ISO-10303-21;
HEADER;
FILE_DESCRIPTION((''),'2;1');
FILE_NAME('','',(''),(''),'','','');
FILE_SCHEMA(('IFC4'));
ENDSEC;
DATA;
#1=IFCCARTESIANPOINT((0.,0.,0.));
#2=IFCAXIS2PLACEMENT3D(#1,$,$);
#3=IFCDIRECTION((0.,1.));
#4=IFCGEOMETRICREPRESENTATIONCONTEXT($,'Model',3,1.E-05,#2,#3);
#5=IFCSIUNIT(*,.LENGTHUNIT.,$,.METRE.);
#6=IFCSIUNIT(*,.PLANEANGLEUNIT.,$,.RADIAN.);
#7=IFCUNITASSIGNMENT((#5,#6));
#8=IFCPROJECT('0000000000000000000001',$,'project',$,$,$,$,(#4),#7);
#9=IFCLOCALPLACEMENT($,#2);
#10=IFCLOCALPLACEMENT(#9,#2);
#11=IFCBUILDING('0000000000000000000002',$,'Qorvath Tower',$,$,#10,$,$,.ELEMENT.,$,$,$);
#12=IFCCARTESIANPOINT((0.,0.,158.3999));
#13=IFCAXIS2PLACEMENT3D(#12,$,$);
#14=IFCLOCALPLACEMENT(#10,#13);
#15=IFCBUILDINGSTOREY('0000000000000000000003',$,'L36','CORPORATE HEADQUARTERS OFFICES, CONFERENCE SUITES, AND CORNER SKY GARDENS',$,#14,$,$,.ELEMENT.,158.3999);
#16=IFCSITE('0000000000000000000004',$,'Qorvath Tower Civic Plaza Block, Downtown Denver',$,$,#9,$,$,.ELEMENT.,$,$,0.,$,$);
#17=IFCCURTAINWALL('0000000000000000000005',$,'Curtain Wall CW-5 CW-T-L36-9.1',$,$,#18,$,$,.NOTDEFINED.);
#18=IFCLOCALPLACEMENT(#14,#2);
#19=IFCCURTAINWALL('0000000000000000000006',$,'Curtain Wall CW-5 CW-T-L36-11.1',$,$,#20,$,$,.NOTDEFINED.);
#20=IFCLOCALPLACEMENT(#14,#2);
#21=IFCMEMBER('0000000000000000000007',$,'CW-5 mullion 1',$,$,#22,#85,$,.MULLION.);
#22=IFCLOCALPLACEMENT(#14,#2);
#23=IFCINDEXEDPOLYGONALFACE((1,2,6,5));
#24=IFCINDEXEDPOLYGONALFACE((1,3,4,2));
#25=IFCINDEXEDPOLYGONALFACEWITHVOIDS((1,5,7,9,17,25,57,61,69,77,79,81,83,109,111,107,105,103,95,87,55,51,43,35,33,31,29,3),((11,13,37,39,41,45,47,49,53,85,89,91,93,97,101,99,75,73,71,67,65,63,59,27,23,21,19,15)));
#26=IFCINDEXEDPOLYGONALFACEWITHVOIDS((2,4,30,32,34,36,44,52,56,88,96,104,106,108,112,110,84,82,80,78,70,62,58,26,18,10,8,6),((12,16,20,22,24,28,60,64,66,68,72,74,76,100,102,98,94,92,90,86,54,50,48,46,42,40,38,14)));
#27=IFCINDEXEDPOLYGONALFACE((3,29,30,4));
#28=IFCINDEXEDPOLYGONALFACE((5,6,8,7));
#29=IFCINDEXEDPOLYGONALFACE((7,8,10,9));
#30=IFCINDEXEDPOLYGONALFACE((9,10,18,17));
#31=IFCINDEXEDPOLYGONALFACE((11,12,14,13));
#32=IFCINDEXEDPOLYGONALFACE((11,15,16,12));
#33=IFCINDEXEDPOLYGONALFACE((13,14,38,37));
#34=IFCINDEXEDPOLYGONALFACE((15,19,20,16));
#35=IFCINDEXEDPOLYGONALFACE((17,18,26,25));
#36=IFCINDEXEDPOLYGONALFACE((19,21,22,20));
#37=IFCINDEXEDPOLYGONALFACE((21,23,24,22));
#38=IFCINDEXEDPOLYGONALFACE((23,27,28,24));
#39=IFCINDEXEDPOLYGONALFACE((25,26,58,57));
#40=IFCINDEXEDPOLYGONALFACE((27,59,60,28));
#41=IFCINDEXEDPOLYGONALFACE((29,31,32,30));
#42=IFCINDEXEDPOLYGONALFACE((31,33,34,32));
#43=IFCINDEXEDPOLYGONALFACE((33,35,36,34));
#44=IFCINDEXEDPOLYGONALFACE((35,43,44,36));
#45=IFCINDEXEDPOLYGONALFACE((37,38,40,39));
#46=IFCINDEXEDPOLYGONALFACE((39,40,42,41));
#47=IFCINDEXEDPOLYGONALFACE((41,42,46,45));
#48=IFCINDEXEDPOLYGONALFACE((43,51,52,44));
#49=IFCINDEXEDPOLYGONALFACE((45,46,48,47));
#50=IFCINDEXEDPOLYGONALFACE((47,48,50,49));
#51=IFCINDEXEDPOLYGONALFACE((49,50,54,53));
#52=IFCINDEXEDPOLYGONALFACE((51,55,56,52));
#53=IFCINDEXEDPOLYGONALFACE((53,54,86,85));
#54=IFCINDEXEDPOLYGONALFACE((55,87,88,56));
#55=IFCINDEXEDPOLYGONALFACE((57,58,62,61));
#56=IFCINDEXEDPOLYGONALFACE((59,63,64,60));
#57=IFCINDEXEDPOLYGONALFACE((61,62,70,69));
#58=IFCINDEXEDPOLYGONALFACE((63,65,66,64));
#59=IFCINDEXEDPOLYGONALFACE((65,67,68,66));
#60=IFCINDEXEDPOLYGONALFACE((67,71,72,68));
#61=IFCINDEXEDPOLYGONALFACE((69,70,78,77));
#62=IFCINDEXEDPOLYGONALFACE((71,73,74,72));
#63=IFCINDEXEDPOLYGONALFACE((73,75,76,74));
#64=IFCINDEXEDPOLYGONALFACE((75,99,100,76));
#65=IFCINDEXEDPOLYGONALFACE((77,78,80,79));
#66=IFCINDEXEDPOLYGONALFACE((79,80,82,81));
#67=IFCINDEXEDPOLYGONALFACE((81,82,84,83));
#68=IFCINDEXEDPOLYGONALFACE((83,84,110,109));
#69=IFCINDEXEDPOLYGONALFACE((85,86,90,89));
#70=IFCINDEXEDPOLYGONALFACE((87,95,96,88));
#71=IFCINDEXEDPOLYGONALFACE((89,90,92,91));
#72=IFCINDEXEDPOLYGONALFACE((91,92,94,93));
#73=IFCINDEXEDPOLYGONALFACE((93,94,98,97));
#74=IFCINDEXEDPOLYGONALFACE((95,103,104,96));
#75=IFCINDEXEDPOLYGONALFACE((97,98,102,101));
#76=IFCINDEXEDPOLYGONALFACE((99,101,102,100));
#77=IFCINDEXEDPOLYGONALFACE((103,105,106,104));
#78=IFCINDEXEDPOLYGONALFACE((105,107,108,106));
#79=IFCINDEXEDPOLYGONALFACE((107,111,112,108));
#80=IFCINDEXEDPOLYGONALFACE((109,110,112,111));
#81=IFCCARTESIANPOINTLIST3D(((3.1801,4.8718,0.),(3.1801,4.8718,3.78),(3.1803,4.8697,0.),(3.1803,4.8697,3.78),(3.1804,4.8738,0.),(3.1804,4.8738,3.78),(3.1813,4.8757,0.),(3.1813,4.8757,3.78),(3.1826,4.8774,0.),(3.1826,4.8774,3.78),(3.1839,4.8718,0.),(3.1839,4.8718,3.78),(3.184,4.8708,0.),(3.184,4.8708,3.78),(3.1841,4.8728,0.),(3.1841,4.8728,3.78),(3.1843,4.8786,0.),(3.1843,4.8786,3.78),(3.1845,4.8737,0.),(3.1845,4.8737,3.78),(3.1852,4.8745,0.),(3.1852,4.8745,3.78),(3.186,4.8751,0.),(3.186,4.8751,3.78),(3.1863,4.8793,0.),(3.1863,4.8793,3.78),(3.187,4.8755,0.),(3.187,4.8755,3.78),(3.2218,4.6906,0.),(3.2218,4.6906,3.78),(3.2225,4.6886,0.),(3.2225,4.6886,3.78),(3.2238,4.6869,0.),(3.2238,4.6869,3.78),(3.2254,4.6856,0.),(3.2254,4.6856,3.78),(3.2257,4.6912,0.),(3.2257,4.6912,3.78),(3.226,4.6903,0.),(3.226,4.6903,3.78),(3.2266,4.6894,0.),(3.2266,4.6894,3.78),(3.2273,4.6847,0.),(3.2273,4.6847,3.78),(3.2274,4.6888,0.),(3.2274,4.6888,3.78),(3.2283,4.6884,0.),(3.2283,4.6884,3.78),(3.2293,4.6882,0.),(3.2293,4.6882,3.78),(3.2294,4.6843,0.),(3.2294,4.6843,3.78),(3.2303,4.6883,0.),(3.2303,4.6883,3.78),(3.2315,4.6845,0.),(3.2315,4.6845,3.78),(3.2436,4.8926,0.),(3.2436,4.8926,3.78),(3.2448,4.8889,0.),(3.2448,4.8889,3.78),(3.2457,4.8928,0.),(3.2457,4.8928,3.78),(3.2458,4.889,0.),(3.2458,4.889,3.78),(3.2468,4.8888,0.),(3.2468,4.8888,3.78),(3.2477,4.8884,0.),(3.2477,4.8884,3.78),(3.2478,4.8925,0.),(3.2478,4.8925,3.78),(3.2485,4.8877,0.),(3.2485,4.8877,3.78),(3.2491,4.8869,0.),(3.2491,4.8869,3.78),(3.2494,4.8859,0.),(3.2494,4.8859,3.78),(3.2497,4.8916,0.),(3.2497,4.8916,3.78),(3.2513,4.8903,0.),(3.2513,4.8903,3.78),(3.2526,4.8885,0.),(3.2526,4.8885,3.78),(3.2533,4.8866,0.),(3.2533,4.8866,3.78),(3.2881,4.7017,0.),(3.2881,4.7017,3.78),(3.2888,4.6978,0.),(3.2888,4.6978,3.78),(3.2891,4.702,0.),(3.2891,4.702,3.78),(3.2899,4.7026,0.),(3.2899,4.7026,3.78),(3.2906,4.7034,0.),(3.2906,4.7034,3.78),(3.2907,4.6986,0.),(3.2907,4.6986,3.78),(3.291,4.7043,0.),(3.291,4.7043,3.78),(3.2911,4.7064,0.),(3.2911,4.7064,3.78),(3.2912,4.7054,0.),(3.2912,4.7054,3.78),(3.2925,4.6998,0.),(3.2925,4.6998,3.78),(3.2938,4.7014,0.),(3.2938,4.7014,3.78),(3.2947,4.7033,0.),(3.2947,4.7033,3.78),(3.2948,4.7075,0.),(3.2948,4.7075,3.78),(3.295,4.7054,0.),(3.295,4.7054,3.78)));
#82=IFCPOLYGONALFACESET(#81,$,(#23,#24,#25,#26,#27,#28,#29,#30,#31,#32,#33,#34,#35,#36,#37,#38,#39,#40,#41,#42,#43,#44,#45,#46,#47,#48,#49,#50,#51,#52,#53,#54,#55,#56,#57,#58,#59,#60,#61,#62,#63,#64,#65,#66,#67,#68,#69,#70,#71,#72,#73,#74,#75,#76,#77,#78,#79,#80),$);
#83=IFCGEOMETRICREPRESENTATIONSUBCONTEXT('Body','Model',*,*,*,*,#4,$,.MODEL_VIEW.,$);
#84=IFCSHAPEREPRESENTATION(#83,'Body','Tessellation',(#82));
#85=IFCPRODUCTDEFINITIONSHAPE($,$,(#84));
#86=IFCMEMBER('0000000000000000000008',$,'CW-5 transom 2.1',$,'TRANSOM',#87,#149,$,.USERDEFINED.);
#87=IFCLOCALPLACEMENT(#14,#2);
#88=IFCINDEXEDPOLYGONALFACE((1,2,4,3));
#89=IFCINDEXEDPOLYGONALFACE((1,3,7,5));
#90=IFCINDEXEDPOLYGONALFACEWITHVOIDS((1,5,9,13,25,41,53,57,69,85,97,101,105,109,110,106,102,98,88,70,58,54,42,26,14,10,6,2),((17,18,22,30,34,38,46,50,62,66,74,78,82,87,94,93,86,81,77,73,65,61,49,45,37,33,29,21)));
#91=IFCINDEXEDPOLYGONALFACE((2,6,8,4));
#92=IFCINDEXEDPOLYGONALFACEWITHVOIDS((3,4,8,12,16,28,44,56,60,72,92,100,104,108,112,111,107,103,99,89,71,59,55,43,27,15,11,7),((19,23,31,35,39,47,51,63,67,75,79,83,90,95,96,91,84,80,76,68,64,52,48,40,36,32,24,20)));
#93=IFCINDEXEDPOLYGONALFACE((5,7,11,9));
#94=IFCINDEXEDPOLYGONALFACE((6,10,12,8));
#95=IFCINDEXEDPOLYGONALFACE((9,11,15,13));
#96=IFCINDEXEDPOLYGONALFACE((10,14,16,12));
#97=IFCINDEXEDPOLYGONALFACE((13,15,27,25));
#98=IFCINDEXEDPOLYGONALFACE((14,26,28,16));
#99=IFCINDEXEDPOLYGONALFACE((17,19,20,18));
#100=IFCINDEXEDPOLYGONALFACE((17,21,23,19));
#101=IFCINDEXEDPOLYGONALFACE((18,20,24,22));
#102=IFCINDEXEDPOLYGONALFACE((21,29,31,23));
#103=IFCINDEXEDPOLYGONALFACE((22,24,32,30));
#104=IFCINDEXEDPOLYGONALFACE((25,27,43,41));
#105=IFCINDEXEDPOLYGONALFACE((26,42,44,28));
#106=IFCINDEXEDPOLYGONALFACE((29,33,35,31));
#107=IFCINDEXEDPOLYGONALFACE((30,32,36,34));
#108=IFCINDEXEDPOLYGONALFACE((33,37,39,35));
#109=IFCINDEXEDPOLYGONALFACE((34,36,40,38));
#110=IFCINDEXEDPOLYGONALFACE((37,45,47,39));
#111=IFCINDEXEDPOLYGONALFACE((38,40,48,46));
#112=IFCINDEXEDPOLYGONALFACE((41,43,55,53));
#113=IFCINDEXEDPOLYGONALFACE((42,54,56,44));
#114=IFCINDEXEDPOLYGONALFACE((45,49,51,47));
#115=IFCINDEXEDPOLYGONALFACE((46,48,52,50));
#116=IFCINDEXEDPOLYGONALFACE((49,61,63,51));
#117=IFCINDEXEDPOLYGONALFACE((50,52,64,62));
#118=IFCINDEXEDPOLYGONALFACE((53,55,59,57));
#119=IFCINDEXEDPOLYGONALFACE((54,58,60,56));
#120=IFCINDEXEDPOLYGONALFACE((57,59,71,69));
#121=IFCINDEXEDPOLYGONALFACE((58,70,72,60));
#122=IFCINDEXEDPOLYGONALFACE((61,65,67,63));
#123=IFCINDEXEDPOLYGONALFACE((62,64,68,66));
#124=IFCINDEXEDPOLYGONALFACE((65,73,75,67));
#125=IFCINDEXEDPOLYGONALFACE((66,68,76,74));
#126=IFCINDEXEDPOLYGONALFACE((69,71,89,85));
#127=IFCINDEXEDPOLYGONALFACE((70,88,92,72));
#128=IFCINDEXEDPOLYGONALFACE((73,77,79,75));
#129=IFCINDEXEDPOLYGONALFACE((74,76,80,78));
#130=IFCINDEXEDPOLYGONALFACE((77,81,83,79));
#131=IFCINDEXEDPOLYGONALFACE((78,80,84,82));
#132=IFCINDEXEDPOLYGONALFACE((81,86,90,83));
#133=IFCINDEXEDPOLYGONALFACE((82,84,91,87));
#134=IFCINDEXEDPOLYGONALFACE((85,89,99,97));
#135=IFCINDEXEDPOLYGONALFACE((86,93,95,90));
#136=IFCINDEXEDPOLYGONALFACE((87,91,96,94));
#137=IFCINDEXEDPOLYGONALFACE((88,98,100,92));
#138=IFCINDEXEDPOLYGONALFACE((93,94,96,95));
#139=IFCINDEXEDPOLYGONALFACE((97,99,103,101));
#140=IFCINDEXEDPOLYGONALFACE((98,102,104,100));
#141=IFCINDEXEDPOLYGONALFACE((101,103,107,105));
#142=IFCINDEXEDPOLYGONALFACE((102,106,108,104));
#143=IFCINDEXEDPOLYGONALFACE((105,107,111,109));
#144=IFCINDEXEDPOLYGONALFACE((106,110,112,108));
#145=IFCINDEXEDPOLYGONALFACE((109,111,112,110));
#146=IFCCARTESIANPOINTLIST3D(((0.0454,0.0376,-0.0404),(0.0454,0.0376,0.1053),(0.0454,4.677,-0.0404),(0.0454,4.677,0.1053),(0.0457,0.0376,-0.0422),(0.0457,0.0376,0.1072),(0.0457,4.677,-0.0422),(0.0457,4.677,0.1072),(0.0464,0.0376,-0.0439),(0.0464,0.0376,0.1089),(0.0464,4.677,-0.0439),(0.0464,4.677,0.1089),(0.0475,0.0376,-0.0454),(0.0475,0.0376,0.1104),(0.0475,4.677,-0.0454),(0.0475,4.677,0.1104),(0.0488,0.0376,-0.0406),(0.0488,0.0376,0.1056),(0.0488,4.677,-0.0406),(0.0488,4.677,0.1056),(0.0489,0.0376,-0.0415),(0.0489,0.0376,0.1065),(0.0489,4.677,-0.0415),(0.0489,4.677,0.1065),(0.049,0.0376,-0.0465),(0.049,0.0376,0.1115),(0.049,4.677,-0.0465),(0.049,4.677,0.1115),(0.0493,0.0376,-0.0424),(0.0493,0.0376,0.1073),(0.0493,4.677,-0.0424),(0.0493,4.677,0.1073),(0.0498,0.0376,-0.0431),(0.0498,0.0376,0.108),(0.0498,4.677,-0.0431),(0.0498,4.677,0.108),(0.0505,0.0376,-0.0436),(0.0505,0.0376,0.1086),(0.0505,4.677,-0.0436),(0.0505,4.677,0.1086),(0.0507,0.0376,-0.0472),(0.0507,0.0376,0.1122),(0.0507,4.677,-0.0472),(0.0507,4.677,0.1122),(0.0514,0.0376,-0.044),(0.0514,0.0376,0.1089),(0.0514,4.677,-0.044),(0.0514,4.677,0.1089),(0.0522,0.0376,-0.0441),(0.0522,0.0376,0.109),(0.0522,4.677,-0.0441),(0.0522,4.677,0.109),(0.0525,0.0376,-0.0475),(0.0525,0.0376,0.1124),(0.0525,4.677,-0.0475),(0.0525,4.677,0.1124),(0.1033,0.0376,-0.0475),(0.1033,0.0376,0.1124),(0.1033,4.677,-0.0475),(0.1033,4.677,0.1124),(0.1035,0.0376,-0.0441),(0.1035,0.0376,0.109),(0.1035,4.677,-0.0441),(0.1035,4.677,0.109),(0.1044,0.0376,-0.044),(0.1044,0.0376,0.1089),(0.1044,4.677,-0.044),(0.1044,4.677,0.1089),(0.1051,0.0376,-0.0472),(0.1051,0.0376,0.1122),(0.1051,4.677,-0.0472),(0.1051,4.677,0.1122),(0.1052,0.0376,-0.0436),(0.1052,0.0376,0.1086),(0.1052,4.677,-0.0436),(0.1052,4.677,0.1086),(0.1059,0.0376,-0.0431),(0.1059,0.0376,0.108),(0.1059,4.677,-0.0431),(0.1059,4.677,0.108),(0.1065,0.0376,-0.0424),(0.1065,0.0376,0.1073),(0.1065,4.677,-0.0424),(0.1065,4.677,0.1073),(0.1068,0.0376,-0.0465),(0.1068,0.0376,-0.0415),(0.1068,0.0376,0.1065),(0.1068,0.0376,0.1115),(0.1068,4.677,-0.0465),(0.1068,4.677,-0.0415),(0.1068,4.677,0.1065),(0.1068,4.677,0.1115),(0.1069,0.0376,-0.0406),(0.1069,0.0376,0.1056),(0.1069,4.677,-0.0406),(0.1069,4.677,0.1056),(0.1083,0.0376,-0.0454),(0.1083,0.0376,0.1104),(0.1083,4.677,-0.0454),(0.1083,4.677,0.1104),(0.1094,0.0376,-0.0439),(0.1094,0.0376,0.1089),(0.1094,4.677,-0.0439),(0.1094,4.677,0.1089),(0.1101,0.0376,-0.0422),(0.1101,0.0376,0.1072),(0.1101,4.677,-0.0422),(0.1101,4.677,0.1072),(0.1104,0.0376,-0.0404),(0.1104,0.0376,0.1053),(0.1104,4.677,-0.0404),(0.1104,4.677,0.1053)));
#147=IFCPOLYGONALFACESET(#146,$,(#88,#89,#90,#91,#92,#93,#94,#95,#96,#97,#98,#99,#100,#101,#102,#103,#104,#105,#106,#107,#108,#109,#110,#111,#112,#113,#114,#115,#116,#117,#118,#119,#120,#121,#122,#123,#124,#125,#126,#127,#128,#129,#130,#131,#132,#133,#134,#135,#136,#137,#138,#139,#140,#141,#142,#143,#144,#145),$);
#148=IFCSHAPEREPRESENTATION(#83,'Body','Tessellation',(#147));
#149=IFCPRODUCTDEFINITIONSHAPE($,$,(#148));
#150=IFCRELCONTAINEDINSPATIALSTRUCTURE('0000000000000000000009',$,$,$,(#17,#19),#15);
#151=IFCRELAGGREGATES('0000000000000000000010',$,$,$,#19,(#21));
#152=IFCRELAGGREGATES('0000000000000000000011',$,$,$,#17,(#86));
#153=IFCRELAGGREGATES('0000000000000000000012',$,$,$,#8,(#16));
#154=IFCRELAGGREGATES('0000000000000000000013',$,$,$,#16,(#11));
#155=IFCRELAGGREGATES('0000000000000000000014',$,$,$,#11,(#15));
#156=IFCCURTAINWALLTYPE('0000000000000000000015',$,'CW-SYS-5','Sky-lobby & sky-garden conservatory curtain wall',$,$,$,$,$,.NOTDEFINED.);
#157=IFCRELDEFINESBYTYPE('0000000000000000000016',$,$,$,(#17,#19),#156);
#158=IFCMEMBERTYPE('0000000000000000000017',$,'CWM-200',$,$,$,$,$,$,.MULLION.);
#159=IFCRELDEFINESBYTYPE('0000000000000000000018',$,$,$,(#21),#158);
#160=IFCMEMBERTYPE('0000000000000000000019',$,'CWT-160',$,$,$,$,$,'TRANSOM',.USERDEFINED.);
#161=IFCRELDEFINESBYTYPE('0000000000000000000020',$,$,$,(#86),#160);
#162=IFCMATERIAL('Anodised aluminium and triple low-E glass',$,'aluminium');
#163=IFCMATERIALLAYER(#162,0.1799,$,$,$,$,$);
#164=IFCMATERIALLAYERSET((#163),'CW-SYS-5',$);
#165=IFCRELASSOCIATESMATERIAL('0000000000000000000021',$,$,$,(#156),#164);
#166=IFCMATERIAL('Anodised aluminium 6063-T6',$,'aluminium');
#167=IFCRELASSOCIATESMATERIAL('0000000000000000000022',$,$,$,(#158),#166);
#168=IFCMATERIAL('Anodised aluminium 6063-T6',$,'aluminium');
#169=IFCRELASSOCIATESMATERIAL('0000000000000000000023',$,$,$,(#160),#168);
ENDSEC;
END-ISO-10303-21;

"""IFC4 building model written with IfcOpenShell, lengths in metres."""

from ifc_helpers import new_model, si_unit, direction, frame, origin, origin_2d, place, context, subcontext, project, spatial, hollow_rectangle, extrude, material, layer, layer_set, material_profile, profile_set, type_object, element, aggregate, save


model = new_model("IFC4")

# Units and contexts
model_context = context("Model", 3, precision=1e-05, world=origin(), true_north=direction((0.0, 1.0)))
body_context = subcontext(model_context, "Body", "Model", "MODEL_VIEW")
ifc_project = project(units=[si_unit("LENGTHUNIT", "METRE"), si_unit("PLANEANGLEUNIT", "RADIAN")], contexts=[model_context])

# Site, building, storey
site_placement = place(None, origin())
site = spatial("IfcSite", under=ifc_project, at=site_placement, Name="Qorvath Tower Civic Plaza Block, Downtown Denver", CompositionType="ELEMENT", RefElevation=0.0)
building_placement = place(site_placement, origin())
building = spatial("IfcBuilding", under=site, at=building_placement, Name="Qorvath Tower", CompositionType="ELEMENT")
storey_placement = place(building_placement, frame((0.0, 0.0, 158.3999)))
storey = spatial("IfcBuildingStorey", under=building, at=storey_placement, Name="L36", Description="CORPORATE HEADQUARTERS OFFICES, CONFERENCE SUITES, AND CORNER SKY GARDENS", CompositionType="ELEMENT", Elevation=158.3999)

# Curtain wall
ifc_material_1 = material(Name="Anodised aluminium and triple low-E glass", Category="aluminium")
ifc_layer_1 = layer(ifc_material_1, 0.1799)
ifc_layer_set_1 = layer_set([ifc_layer_1], Name="CW-SYS-5")
curtain_wall_type = type_object("IfcCurtainWallType", Name="CW-SYS-5", Description="Sky-lobby & sky-garden conservatory curtain wall", PredefinedType="NOTDEFINED", material=ifc_layer_set_1)
curtain_wall_1_placement = place(storey_placement, origin())
curtain_wall_1 = element("IfcCurtainWall", 1, at=curtain_wall_1_placement, inside=storey, type_object=curtain_wall_type, Name="Curtain Wall CW-5 CW-T-L36-9.1", PredefinedType="NOTDEFINED")
ifc_material_2 = material(Name="Anodised aluminium 6063-T6", Category="aluminium")
ifc_material_profile_1 = material_profile(ifc_material_2, hollow_rectangle(XDim=0.075, YDim=0.2, WallThickness=0.0039, InnerFilletRadius=0.0039, OuterFilletRadius=0.0081, at=origin_2d()), Name="CWM 200x75")
ifc_profile_set_1 = profile_set([ifc_material_profile_1], Name="Anodised aluminium 6063-T6")
member_type_1 = type_object("IfcMemberType", Name="CWM-200", PredefinedType="MULLION", material=ifc_profile_set_1)

# Curtain wall, member
curtain_wall_2_placement = place(storey_placement, origin())
curtain_wall_2 = element("IfcCurtainWall", 2, at=curtain_wall_2_placement, inside=storey, type_object=curtain_wall_type, Name="Curtain Wall CW-5 CW-T-L36-11.1", PredefinedType="NOTDEFINED")
member_1_placement = place(storey_placement, frame((3.2375, 4.7886, 0.0), z_axis=(0.0, 0.0, 1.0), x_axis=(-0.974183, -0.225759, 0.0)))
member_1 = element("IfcMember", 3, at=member_1_placement, type_object=member_type_1, Name="CW-5 mullion 1", PredefinedType="MULLION", context=body_context, shape_type="SweptSolid", body=[
    extrude(hollow_rectangle(XDim=0.075, YDim=0.2, WallThickness=0.0039, InnerFilletRadius=0.0039, OuterFilletRadius=0.0081, at=origin_2d()), origin(), (0.0, 0.0, 1.0), 3.78),
])

# Member
ifc_material_3 = material(Name="Anodised aluminium 6063-T6", Category="aluminium")
ifc_material_profile_2 = material_profile(ifc_material_3, hollow_rectangle(XDim=0.0649, YDim=0.1599, WallThickness=0.0034, InnerFilletRadius=0.0034, OuterFilletRadius=0.0071, at=origin_2d()), Name="CWT 160x65")
ifc_profile_set_2 = profile_set([ifc_material_profile_2], Name="Anodised aluminium 6063-T6")
member_type_2 = type_object("IfcMemberType", Name="CWT-160", ElementType="TRANSOM", PredefinedType="USERDEFINED", material=ifc_profile_set_2)
member_2_placement = place(storey_placement, frame((0.0779, 0.0376, 0.0325), z_axis=(0.0, 1.0, 0.0), x_axis=(-1.0, 0.0, 0.0)))
member_2 = element("IfcMember", 4, at=member_2_placement, type_object=member_type_2, Name="CW-5 transom 2.1", ObjectType="TRANSOM", PredefinedType="USERDEFINED", context=body_context, shape_type="SweptSolid", body=[
    extrude(hollow_rectangle(XDim=0.0649, YDim=0.1599, WallThickness=0.0034, InnerFilletRadius=0.0034, OuterFilletRadius=0.0071, at=origin_2d()), origin(), (0.0, 0.0, 1.0), 4.6394),
])
aggregate(curtain_wall_2, [member_1])

aggregate(curtain_wall_1, [member_2])

save(model, "model.ifc")
